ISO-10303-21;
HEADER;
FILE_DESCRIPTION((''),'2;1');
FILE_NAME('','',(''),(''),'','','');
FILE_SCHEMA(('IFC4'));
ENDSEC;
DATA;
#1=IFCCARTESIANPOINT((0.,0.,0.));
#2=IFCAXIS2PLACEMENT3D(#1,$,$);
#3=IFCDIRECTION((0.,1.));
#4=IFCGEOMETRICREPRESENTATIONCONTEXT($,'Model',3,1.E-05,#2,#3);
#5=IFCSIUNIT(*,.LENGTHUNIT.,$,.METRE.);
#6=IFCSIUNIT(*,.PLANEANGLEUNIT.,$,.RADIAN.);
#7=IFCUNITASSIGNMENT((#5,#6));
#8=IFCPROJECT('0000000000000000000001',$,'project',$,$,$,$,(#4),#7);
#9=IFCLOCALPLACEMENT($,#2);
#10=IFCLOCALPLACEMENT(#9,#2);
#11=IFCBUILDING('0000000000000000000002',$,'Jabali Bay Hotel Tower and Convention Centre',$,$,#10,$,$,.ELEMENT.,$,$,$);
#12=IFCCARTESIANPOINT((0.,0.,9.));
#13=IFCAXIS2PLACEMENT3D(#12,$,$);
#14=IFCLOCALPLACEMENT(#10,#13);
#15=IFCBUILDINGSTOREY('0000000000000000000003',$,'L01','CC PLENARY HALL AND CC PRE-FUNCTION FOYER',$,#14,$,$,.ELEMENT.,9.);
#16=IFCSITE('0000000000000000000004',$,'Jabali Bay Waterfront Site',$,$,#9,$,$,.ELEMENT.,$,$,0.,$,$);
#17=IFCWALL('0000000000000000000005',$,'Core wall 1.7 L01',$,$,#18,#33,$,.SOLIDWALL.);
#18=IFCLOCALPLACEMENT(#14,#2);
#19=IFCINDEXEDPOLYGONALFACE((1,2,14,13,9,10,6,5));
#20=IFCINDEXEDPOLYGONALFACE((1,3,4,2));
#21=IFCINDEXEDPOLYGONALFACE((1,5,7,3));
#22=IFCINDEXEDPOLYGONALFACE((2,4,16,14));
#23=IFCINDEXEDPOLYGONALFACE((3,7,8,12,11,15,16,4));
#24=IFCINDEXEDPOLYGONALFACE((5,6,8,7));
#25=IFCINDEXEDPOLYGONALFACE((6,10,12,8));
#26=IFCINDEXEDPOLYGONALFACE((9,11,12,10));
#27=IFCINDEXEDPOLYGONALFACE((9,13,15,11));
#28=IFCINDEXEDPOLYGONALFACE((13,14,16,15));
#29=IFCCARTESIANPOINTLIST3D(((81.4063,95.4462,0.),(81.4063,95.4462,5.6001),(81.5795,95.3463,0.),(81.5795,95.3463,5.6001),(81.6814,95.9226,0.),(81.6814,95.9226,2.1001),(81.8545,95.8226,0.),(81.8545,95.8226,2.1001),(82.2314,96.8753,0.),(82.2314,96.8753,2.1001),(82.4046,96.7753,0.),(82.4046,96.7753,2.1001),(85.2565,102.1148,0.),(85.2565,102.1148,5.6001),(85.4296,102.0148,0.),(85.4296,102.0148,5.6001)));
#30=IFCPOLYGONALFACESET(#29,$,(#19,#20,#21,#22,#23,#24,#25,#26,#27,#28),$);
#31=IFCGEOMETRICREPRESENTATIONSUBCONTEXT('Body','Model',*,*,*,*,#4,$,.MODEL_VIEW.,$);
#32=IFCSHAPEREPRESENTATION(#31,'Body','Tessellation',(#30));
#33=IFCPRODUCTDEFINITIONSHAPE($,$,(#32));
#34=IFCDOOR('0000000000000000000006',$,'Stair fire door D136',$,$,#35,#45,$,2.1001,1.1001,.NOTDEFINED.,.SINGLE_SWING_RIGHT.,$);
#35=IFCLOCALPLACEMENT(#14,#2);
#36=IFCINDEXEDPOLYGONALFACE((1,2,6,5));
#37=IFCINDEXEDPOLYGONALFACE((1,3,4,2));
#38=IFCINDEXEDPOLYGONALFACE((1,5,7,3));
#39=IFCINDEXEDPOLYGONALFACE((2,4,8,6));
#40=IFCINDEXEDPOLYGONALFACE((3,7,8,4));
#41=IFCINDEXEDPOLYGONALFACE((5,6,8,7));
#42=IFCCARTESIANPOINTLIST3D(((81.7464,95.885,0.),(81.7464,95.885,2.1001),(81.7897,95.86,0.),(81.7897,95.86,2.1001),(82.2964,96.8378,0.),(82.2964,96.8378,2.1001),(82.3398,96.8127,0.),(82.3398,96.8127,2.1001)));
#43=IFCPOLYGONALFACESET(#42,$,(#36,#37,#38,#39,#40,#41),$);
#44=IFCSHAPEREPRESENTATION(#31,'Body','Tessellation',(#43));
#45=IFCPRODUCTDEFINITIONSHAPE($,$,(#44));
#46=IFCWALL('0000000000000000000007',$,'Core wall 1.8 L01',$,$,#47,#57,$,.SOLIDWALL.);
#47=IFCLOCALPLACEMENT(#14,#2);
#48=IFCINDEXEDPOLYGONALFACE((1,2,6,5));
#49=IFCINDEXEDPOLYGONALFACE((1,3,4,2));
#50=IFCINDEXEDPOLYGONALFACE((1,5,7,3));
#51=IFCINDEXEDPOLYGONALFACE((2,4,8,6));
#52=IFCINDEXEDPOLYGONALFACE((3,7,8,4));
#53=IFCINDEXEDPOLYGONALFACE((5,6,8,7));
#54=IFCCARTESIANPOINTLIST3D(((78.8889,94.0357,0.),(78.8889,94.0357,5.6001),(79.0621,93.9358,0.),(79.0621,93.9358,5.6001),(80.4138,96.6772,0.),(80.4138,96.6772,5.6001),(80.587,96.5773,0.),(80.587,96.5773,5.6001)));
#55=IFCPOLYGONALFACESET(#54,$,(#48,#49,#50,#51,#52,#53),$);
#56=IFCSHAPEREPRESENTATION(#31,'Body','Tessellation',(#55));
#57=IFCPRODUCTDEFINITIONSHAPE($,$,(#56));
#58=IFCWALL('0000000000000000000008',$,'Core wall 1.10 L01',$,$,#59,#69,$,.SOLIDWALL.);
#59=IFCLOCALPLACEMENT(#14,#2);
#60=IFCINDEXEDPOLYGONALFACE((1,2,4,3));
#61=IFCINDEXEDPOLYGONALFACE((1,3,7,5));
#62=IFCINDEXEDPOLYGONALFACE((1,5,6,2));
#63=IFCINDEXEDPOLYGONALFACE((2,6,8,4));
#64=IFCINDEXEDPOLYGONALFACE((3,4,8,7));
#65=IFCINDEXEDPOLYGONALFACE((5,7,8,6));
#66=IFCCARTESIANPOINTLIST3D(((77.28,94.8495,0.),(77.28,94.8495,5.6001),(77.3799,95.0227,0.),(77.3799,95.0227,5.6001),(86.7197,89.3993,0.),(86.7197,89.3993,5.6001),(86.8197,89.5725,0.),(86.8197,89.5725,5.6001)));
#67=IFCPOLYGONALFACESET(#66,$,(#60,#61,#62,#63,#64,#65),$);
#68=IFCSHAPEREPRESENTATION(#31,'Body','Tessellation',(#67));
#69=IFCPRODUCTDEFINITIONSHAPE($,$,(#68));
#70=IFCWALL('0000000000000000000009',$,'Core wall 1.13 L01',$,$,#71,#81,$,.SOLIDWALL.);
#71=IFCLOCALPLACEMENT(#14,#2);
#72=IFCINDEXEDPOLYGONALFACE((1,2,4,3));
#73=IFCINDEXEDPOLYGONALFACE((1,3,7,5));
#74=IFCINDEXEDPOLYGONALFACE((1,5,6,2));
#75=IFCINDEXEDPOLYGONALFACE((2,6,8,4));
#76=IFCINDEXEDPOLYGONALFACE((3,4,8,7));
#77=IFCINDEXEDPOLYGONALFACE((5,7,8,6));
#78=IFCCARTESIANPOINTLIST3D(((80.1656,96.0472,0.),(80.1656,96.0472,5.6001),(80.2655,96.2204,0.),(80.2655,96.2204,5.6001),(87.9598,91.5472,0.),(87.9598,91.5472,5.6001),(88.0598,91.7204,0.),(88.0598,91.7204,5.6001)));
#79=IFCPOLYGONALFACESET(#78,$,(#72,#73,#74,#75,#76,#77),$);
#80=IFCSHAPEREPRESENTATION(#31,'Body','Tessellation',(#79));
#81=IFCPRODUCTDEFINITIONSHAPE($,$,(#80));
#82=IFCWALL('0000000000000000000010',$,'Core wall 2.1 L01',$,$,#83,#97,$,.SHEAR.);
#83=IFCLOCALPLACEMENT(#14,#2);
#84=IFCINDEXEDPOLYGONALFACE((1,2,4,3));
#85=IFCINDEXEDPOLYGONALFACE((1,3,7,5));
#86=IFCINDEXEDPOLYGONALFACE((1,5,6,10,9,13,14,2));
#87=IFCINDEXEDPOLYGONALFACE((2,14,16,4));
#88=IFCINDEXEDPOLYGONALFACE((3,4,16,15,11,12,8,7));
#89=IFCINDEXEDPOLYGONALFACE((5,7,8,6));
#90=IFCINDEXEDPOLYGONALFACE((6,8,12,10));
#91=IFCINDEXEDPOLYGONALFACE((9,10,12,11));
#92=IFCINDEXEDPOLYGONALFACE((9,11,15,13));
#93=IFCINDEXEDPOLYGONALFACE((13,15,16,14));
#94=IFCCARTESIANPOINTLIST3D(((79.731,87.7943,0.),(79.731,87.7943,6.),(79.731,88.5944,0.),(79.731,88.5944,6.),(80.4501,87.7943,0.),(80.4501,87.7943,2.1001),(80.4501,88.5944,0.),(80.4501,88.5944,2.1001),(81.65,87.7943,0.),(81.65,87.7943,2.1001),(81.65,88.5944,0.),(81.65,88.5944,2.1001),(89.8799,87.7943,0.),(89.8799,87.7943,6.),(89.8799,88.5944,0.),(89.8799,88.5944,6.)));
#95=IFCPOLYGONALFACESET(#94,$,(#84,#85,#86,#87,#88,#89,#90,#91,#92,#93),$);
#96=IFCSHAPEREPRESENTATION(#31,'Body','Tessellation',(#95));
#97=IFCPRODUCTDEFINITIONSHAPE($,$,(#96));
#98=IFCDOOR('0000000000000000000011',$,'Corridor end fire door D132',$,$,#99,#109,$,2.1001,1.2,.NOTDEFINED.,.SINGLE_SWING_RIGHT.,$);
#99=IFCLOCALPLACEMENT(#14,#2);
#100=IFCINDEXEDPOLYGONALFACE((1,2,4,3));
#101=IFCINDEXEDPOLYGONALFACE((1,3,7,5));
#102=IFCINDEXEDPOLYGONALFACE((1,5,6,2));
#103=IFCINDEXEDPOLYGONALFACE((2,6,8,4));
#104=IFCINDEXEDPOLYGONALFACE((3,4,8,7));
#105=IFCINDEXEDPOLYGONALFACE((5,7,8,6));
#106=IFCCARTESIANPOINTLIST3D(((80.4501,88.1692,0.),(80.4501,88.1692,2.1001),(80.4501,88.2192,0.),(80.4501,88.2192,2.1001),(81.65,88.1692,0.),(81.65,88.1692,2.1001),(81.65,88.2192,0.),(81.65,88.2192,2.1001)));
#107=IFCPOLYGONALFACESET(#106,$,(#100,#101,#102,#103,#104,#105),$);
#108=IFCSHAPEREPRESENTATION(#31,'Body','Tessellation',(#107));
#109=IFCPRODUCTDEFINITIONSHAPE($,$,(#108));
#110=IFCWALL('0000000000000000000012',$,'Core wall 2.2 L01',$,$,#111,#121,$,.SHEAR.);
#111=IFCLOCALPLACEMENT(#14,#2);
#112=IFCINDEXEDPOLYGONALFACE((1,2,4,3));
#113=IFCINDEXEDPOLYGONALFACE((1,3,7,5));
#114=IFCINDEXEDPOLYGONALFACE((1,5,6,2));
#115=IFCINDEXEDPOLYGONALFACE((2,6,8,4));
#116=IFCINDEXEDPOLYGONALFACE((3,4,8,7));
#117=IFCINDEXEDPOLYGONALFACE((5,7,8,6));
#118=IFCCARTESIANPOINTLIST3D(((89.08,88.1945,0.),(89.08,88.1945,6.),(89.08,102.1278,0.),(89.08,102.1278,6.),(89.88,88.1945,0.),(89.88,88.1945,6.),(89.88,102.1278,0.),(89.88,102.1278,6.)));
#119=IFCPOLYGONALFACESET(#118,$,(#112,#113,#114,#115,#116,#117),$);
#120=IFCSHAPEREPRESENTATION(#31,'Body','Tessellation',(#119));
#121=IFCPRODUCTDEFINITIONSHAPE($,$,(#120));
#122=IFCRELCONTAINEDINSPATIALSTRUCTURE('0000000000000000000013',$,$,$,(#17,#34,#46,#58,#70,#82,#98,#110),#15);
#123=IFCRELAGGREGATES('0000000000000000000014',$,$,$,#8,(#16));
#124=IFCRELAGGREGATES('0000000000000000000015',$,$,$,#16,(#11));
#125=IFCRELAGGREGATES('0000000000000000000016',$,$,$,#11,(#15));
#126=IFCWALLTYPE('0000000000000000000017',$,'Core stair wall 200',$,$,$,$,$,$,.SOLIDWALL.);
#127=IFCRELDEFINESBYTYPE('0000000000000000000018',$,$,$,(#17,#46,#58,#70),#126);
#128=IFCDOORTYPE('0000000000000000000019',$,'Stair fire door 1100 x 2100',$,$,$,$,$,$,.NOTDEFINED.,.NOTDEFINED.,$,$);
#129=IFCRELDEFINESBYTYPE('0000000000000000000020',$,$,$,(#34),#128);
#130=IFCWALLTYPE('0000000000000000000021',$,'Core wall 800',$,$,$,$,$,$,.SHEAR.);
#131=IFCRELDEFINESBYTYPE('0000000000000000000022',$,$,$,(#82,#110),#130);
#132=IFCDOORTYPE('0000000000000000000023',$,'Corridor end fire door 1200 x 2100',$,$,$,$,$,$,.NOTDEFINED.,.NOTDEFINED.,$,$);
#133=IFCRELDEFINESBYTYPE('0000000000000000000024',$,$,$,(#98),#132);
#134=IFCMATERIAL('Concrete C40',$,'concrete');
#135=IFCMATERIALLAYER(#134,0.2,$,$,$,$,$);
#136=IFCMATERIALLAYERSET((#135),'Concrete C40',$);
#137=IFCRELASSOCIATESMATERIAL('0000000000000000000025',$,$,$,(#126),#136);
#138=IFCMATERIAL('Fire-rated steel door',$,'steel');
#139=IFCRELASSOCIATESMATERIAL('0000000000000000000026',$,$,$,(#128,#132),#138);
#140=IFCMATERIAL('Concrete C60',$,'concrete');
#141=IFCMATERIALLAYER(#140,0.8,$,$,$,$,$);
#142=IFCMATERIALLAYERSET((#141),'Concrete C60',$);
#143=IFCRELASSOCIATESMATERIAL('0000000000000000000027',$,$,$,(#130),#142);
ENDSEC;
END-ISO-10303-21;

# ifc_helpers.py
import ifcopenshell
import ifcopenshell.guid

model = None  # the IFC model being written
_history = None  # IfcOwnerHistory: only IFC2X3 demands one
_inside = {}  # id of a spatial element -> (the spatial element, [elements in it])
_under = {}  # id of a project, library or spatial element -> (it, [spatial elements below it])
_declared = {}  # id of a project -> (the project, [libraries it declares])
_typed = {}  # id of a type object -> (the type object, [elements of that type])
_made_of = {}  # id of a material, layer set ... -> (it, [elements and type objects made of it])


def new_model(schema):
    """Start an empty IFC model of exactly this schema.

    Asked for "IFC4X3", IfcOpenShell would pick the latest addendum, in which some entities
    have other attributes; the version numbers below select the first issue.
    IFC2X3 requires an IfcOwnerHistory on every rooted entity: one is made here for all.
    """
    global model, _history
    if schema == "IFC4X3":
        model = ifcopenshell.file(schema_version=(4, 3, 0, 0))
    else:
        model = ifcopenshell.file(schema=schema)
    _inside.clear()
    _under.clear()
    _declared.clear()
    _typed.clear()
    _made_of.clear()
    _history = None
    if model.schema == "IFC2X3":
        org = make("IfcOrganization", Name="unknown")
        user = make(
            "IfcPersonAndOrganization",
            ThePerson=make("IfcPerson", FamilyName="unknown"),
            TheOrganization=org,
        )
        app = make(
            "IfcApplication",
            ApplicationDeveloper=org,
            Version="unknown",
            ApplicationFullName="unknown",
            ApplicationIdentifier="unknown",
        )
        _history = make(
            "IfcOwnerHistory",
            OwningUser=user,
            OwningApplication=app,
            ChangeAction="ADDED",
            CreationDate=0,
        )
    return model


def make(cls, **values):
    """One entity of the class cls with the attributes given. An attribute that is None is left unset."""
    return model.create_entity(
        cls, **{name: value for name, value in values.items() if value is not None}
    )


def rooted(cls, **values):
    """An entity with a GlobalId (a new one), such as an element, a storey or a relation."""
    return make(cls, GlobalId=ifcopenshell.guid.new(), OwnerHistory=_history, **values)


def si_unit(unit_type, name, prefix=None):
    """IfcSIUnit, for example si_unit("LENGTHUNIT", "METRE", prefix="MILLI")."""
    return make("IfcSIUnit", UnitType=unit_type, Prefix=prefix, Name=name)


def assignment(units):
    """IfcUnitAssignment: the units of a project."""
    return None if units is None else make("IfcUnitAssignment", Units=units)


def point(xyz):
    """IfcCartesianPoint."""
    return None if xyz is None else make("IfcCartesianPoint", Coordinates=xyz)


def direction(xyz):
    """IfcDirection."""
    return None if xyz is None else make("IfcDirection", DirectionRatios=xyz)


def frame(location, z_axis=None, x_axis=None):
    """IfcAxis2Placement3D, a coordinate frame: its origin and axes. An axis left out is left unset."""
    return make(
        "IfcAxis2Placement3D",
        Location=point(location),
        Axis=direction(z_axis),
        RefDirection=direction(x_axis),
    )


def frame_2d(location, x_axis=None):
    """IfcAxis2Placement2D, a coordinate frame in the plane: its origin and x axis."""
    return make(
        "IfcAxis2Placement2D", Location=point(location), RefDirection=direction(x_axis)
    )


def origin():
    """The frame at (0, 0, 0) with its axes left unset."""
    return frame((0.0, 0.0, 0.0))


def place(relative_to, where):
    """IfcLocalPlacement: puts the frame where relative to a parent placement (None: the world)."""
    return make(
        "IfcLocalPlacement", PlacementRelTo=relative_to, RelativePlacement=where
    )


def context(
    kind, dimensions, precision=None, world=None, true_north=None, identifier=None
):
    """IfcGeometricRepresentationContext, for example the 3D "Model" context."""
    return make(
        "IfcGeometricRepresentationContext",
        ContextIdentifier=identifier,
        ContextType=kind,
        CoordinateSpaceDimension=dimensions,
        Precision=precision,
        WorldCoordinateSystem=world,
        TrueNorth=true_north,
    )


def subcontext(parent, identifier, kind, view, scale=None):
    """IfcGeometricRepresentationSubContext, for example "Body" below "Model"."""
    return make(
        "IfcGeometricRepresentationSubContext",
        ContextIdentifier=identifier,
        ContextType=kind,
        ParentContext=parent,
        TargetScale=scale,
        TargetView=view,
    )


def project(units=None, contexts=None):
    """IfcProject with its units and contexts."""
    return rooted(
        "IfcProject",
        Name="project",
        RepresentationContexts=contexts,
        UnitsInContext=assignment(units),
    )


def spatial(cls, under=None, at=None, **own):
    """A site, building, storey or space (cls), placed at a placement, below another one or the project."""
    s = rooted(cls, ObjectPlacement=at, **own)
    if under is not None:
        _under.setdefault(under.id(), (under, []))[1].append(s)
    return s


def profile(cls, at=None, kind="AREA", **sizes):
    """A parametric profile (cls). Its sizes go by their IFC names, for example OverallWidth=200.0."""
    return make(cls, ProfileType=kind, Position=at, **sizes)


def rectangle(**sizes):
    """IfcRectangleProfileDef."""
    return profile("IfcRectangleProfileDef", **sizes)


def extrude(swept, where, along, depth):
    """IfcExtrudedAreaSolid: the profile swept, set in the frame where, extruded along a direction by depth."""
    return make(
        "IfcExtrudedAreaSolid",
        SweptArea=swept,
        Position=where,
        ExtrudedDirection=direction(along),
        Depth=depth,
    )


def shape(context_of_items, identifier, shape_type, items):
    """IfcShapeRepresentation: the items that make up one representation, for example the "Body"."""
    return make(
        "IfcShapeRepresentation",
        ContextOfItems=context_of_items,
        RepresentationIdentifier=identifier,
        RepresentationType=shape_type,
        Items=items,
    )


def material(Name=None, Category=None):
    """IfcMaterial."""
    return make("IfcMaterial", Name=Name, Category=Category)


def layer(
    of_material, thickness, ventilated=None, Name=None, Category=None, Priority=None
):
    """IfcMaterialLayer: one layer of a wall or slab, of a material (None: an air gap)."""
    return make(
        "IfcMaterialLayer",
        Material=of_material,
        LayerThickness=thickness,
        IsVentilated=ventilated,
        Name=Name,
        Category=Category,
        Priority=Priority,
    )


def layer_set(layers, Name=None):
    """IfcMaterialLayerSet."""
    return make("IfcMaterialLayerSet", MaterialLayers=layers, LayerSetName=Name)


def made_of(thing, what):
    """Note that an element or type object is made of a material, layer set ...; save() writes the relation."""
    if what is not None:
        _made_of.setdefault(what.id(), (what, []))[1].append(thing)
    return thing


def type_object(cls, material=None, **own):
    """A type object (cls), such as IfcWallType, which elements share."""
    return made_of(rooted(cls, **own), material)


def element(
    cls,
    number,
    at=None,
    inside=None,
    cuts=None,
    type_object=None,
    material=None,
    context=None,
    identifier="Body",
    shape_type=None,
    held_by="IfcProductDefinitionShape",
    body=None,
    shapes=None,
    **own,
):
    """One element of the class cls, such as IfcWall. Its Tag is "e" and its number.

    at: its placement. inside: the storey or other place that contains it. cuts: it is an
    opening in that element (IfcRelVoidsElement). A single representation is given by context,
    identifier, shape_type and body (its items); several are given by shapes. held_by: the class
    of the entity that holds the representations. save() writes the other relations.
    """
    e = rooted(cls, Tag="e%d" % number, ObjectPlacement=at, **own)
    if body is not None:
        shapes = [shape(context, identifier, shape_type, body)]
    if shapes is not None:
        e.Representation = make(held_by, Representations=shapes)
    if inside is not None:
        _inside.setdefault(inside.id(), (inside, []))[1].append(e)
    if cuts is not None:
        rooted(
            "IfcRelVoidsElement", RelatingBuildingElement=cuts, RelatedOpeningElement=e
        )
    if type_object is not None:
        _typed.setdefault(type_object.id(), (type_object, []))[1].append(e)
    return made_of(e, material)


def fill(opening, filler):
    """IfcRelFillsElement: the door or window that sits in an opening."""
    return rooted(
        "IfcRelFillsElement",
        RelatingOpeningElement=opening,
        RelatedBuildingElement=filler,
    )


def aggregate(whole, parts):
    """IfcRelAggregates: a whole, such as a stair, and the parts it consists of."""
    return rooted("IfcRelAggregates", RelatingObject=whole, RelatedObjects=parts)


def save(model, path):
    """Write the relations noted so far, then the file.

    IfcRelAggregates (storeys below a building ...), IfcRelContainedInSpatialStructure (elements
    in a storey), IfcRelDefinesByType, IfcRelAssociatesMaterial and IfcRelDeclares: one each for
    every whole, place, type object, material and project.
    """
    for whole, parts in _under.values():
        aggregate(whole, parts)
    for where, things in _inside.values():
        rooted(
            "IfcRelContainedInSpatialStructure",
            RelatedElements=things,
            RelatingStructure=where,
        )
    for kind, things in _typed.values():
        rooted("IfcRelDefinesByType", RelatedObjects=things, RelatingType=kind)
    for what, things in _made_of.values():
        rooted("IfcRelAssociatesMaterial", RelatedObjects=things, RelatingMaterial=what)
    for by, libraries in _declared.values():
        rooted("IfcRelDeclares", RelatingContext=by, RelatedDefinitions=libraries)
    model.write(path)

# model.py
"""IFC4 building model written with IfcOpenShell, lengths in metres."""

from ifc_helpers import new_model, si_unit, direction, frame, frame_2d, origin, place, context, subcontext, project, spatial, rectangle, extrude, material, layer, layer_set, type_object, element, fill, save


model = new_model("IFC4")

# Units and contexts
model_context = context("Model", 3, precision=1e-05, world=origin(), true_north=direction((0.0, 1.0)))
body_context = subcontext(model_context, "Body", "Model", "MODEL_VIEW")
ifc_project = project(units=[si_unit("LENGTHUNIT", "METRE"), si_unit("PLANEANGLEUNIT", "RADIAN")], contexts=[model_context])

# Site, building, storey
site_placement = place(None, origin())
site = spatial("IfcSite", under=ifc_project, at=site_placement, Name="Jabali Bay Waterfront Site", CompositionType="ELEMENT", RefElevation=0.0)
building_placement = place(site_placement, origin())
building = spatial("IfcBuilding", under=site, at=building_placement, Name="Jabali Bay Hotel Tower and Convention Centre", CompositionType="ELEMENT")
storey_placement = place(building_placement, frame((0.0, 0.0, 9.0)))
storey = spatial("IfcBuildingStorey", under=building, at=storey_placement, Name="L01", Description="CC PLENARY HALL AND CC PRE-FUNCTION FOYER", CompositionType="ELEMENT", Elevation=9.0)

# Shared definitions
ifc_material_1 = material(Name="Concrete C60", Category="concrete")

# Shared definitions
ifc_material_2 = material(Name="Concrete C40", Category="concrete")
ifc_material_3 = material(Name="Fire-rated steel door", Category="steel")

# Shared definitions
ifc_layer_1 = layer(ifc_material_2, 0.2)
ifc_layer_set_1 = layer_set([ifc_layer_1], Name="Concrete C40")
wall_type_1 = type_object("IfcWallType", Name="Core stair wall 200", PredefinedType="SOLIDWALL", material=ifc_layer_set_1)

# Wall, opening, door
wall_1_placement = place(storey_placement, frame((81.4929, 95.3962, 0.0), z_axis=(0.0, 0.0, 1.0), x_axis=(0.500006, 0.866022, 0.0)))
wall_1 = element("IfcWall", 1, at=wall_1_placement, inside=storey, type_object=wall_type_1, Name="Core wall 1.7 L01", PredefinedType="SOLIDWALL", context=body_context, shape_type="SweptSolid", body=[
    extrude(rectangle(XDim=7.7002, YDim=0.2, at=frame_2d((3.8501, 0.0))), origin(), (0.0, 0.0, 1.0), 5.6001),
])
opening_1_placement = place(wall_1_placement, frame((0.55, 0.0, 0.0)))
opening_1 = element("IfcOpeningElement", 2, at=opening_1_placement, cuts=wall_1, PredefinedType="OPENING", context=body_context, shape_type="SweptSolid", body=[
    extrude(rectangle(XDim=1.1001, YDim=2.1001, at=frame_2d((0.55, 1.05))), frame((0.0, 0.1104, 0.0), z_axis=(0.0, -1.0, 0.0), x_axis=(1.0, 0.0, 0.0)), (0.0, 0.0, 1.0), 0.2209),
])
door_type_1 = type_object("IfcDoorType", Name="Stair fire door 1100 x 2100", OperationType="NOTDEFINED", PredefinedType="NOTDEFINED", material=ifc_material_3)
door_1_placement = place(opening_1_placement, origin())
door_1 = element("IfcDoor", 3, at=door_1_placement, inside=storey, type_object=door_type_1, Name="Stair fire door D136", OperationType="SINGLE_SWING_RIGHT", OverallHeight=2.1001, OverallWidth=1.1001, PredefinedType="NOTDEFINED", context=body_context, shape_type="SweptSolid", body=[
    extrude(rectangle(XDim=1.1001, YDim=2.1001, at=frame_2d((0.55, 1.05))), frame((0.0, 0.0249, 0.0), z_axis=(0.0, -1.0, 0.0), x_axis=(1.0, 0.0, 0.0)), (0.0, 0.0, 1.0), 0.05),
])
fill(opening_1, door_1)

# Walls
wall_2_placement = place(storey_placement, frame((78.9756, 93.9858, 0.0), z_axis=(0.0, 0.0, 1.0), x_axis=(0.499944, 0.866058, 0.0)))
element("IfcWall", 4, at=wall_2_placement, inside=storey, type_object=wall_type_1, Name="Core wall 1.8 L01", PredefinedType="SOLIDWALL", context=body_context, shape_type="SweptSolid", body=[
    extrude(rectangle(XDim=3.05, YDim=0.2, at=frame_2d((1.5249, 0.0))), origin(), (0.0, 0.0, 1.0), 5.6001),
])
wall_3_placement = place(storey_placement, frame((86.7698, 89.4858, 0.0), z_axis=(0.0, 0.0, 1.0), x_axis=(-0.866018, 0.500013, 0.0)))
element("IfcWall", 5, at=wall_3_placement, inside=storey, type_object=wall_type_1, Name="Core wall 1.10 L01", PredefinedType="SOLIDWALL", context=body_context, shape_type="SweptSolid", body=[
    extrude(rectangle(XDim=10.9001, YDim=0.2, at=frame_2d((5.4502, 0.0))), origin(), (0.0, 0.0, 1.0), 5.6001),
])
wall_4_placement = place(storey_placement, frame((88.0098, 91.6338, 0.0), z_axis=(0.0, 0.0, 1.0), x_axis=(-0.866024, 0.500002, 0.0)))
element("IfcWall", 6, at=wall_4_placement, inside=storey, type_object=wall_type_1, Name="Core wall 1.13 L01", PredefinedType="SOLIDWALL", context=body_context, shape_type="SweptSolid", body=[
    extrude(rectangle(XDim=9.0, YDim=0.2, at=frame_2d((4.5, 0.0))), origin(), (0.0, 0.0, 1.0), 5.6001),
])

# Wall, opening, door
ifc_layer_2 = layer(ifc_material_1, 0.8)
ifc_layer_set_2 = layer_set([ifc_layer_2], Name="Concrete C60")
wall_type_2 = type_object("IfcWallType", Name="Core wall 800", PredefinedType="SHEAR", material=ifc_layer_set_2)
wall_5_placement = place(storey_placement, frame((79.731, 88.1943, 0.0), z_axis=(0.0, 0.0, 1.0), x_axis=(1.0, 0.0, 0.0)))
wall_5 = element("IfcWall", 7, at=wall_5_placement, inside=storey, type_object=wall_type_2, Name="Core wall 2.1 L01", PredefinedType="SHEAR", context=body_context, shape_type="SweptSolid", body=[
    extrude(rectangle(XDim=10.1489, YDim=0.8, at=frame_2d((5.0745, 0.0))), origin(), (0.0, 0.0, 1.0), 6.0),
])
opening_2_placement = place(wall_5_placement, frame((0.719, 0.0, 0.0)))
opening_2 = element("IfcOpeningElement", 8, at=opening_2_placement, cuts=wall_5, PredefinedType="OPENING", context=body_context, shape_type="SweptSolid", body=[
    extrude(rectangle(XDim=1.2, YDim=2.1001, at=frame_2d((0.6001, 1.05))), frame((0.0, 0.4106, 0.0), z_axis=(0.0, -1.0, 0.0), x_axis=(1.0, 0.0, 0.0)), (0.0, 0.0, 1.0), 0.821),
])
door_type_2 = type_object("IfcDoorType", Name="Corridor end fire door 1200 x 2100", OperationType="NOTDEFINED", PredefinedType="NOTDEFINED", material=ifc_material_3)
door_2_placement = place(opening_2_placement, origin())
door_2 = element("IfcDoor", 9, at=door_2_placement, inside=storey, type_object=door_type_2, Name="Corridor end fire door D132", OperationType="SINGLE_SWING_RIGHT", OverallHeight=2.1001, OverallWidth=1.2, PredefinedType="NOTDEFINED", context=body_context, shape_type="SweptSolid", body=[
    extrude(rectangle(XDim=1.2, YDim=2.1001, at=frame_2d((0.6001, 1.05))), frame((0.0, 0.0249, 0.0), z_axis=(0.0, -1.0, 0.0), x_axis=(1.0, 0.0, 0.0)), (0.0, 0.0, 1.0), 0.05),
])
fill(opening_2, door_2)

# Wall
wall_6_placement = place(storey_placement, frame((89.48, 88.1943, 0.0), z_axis=(0.0, 0.0, 1.0), x_axis=(0.0, 1.0, 0.0)))
element("IfcWall", 10, at=wall_6_placement, inside=storey, type_object=wall_type_2, Name="Core wall 2.2 L01", PredefinedType="SHEAR", context=body_context, shape_type="SweptSolid", body=[
    extrude(rectangle(XDim=13.9333, YDim=0.8, at=frame_2d((6.9668, 0.0))), origin(), (0.0, 0.0, 1.0), 6.0),
])

save(model, "model.ifc")
